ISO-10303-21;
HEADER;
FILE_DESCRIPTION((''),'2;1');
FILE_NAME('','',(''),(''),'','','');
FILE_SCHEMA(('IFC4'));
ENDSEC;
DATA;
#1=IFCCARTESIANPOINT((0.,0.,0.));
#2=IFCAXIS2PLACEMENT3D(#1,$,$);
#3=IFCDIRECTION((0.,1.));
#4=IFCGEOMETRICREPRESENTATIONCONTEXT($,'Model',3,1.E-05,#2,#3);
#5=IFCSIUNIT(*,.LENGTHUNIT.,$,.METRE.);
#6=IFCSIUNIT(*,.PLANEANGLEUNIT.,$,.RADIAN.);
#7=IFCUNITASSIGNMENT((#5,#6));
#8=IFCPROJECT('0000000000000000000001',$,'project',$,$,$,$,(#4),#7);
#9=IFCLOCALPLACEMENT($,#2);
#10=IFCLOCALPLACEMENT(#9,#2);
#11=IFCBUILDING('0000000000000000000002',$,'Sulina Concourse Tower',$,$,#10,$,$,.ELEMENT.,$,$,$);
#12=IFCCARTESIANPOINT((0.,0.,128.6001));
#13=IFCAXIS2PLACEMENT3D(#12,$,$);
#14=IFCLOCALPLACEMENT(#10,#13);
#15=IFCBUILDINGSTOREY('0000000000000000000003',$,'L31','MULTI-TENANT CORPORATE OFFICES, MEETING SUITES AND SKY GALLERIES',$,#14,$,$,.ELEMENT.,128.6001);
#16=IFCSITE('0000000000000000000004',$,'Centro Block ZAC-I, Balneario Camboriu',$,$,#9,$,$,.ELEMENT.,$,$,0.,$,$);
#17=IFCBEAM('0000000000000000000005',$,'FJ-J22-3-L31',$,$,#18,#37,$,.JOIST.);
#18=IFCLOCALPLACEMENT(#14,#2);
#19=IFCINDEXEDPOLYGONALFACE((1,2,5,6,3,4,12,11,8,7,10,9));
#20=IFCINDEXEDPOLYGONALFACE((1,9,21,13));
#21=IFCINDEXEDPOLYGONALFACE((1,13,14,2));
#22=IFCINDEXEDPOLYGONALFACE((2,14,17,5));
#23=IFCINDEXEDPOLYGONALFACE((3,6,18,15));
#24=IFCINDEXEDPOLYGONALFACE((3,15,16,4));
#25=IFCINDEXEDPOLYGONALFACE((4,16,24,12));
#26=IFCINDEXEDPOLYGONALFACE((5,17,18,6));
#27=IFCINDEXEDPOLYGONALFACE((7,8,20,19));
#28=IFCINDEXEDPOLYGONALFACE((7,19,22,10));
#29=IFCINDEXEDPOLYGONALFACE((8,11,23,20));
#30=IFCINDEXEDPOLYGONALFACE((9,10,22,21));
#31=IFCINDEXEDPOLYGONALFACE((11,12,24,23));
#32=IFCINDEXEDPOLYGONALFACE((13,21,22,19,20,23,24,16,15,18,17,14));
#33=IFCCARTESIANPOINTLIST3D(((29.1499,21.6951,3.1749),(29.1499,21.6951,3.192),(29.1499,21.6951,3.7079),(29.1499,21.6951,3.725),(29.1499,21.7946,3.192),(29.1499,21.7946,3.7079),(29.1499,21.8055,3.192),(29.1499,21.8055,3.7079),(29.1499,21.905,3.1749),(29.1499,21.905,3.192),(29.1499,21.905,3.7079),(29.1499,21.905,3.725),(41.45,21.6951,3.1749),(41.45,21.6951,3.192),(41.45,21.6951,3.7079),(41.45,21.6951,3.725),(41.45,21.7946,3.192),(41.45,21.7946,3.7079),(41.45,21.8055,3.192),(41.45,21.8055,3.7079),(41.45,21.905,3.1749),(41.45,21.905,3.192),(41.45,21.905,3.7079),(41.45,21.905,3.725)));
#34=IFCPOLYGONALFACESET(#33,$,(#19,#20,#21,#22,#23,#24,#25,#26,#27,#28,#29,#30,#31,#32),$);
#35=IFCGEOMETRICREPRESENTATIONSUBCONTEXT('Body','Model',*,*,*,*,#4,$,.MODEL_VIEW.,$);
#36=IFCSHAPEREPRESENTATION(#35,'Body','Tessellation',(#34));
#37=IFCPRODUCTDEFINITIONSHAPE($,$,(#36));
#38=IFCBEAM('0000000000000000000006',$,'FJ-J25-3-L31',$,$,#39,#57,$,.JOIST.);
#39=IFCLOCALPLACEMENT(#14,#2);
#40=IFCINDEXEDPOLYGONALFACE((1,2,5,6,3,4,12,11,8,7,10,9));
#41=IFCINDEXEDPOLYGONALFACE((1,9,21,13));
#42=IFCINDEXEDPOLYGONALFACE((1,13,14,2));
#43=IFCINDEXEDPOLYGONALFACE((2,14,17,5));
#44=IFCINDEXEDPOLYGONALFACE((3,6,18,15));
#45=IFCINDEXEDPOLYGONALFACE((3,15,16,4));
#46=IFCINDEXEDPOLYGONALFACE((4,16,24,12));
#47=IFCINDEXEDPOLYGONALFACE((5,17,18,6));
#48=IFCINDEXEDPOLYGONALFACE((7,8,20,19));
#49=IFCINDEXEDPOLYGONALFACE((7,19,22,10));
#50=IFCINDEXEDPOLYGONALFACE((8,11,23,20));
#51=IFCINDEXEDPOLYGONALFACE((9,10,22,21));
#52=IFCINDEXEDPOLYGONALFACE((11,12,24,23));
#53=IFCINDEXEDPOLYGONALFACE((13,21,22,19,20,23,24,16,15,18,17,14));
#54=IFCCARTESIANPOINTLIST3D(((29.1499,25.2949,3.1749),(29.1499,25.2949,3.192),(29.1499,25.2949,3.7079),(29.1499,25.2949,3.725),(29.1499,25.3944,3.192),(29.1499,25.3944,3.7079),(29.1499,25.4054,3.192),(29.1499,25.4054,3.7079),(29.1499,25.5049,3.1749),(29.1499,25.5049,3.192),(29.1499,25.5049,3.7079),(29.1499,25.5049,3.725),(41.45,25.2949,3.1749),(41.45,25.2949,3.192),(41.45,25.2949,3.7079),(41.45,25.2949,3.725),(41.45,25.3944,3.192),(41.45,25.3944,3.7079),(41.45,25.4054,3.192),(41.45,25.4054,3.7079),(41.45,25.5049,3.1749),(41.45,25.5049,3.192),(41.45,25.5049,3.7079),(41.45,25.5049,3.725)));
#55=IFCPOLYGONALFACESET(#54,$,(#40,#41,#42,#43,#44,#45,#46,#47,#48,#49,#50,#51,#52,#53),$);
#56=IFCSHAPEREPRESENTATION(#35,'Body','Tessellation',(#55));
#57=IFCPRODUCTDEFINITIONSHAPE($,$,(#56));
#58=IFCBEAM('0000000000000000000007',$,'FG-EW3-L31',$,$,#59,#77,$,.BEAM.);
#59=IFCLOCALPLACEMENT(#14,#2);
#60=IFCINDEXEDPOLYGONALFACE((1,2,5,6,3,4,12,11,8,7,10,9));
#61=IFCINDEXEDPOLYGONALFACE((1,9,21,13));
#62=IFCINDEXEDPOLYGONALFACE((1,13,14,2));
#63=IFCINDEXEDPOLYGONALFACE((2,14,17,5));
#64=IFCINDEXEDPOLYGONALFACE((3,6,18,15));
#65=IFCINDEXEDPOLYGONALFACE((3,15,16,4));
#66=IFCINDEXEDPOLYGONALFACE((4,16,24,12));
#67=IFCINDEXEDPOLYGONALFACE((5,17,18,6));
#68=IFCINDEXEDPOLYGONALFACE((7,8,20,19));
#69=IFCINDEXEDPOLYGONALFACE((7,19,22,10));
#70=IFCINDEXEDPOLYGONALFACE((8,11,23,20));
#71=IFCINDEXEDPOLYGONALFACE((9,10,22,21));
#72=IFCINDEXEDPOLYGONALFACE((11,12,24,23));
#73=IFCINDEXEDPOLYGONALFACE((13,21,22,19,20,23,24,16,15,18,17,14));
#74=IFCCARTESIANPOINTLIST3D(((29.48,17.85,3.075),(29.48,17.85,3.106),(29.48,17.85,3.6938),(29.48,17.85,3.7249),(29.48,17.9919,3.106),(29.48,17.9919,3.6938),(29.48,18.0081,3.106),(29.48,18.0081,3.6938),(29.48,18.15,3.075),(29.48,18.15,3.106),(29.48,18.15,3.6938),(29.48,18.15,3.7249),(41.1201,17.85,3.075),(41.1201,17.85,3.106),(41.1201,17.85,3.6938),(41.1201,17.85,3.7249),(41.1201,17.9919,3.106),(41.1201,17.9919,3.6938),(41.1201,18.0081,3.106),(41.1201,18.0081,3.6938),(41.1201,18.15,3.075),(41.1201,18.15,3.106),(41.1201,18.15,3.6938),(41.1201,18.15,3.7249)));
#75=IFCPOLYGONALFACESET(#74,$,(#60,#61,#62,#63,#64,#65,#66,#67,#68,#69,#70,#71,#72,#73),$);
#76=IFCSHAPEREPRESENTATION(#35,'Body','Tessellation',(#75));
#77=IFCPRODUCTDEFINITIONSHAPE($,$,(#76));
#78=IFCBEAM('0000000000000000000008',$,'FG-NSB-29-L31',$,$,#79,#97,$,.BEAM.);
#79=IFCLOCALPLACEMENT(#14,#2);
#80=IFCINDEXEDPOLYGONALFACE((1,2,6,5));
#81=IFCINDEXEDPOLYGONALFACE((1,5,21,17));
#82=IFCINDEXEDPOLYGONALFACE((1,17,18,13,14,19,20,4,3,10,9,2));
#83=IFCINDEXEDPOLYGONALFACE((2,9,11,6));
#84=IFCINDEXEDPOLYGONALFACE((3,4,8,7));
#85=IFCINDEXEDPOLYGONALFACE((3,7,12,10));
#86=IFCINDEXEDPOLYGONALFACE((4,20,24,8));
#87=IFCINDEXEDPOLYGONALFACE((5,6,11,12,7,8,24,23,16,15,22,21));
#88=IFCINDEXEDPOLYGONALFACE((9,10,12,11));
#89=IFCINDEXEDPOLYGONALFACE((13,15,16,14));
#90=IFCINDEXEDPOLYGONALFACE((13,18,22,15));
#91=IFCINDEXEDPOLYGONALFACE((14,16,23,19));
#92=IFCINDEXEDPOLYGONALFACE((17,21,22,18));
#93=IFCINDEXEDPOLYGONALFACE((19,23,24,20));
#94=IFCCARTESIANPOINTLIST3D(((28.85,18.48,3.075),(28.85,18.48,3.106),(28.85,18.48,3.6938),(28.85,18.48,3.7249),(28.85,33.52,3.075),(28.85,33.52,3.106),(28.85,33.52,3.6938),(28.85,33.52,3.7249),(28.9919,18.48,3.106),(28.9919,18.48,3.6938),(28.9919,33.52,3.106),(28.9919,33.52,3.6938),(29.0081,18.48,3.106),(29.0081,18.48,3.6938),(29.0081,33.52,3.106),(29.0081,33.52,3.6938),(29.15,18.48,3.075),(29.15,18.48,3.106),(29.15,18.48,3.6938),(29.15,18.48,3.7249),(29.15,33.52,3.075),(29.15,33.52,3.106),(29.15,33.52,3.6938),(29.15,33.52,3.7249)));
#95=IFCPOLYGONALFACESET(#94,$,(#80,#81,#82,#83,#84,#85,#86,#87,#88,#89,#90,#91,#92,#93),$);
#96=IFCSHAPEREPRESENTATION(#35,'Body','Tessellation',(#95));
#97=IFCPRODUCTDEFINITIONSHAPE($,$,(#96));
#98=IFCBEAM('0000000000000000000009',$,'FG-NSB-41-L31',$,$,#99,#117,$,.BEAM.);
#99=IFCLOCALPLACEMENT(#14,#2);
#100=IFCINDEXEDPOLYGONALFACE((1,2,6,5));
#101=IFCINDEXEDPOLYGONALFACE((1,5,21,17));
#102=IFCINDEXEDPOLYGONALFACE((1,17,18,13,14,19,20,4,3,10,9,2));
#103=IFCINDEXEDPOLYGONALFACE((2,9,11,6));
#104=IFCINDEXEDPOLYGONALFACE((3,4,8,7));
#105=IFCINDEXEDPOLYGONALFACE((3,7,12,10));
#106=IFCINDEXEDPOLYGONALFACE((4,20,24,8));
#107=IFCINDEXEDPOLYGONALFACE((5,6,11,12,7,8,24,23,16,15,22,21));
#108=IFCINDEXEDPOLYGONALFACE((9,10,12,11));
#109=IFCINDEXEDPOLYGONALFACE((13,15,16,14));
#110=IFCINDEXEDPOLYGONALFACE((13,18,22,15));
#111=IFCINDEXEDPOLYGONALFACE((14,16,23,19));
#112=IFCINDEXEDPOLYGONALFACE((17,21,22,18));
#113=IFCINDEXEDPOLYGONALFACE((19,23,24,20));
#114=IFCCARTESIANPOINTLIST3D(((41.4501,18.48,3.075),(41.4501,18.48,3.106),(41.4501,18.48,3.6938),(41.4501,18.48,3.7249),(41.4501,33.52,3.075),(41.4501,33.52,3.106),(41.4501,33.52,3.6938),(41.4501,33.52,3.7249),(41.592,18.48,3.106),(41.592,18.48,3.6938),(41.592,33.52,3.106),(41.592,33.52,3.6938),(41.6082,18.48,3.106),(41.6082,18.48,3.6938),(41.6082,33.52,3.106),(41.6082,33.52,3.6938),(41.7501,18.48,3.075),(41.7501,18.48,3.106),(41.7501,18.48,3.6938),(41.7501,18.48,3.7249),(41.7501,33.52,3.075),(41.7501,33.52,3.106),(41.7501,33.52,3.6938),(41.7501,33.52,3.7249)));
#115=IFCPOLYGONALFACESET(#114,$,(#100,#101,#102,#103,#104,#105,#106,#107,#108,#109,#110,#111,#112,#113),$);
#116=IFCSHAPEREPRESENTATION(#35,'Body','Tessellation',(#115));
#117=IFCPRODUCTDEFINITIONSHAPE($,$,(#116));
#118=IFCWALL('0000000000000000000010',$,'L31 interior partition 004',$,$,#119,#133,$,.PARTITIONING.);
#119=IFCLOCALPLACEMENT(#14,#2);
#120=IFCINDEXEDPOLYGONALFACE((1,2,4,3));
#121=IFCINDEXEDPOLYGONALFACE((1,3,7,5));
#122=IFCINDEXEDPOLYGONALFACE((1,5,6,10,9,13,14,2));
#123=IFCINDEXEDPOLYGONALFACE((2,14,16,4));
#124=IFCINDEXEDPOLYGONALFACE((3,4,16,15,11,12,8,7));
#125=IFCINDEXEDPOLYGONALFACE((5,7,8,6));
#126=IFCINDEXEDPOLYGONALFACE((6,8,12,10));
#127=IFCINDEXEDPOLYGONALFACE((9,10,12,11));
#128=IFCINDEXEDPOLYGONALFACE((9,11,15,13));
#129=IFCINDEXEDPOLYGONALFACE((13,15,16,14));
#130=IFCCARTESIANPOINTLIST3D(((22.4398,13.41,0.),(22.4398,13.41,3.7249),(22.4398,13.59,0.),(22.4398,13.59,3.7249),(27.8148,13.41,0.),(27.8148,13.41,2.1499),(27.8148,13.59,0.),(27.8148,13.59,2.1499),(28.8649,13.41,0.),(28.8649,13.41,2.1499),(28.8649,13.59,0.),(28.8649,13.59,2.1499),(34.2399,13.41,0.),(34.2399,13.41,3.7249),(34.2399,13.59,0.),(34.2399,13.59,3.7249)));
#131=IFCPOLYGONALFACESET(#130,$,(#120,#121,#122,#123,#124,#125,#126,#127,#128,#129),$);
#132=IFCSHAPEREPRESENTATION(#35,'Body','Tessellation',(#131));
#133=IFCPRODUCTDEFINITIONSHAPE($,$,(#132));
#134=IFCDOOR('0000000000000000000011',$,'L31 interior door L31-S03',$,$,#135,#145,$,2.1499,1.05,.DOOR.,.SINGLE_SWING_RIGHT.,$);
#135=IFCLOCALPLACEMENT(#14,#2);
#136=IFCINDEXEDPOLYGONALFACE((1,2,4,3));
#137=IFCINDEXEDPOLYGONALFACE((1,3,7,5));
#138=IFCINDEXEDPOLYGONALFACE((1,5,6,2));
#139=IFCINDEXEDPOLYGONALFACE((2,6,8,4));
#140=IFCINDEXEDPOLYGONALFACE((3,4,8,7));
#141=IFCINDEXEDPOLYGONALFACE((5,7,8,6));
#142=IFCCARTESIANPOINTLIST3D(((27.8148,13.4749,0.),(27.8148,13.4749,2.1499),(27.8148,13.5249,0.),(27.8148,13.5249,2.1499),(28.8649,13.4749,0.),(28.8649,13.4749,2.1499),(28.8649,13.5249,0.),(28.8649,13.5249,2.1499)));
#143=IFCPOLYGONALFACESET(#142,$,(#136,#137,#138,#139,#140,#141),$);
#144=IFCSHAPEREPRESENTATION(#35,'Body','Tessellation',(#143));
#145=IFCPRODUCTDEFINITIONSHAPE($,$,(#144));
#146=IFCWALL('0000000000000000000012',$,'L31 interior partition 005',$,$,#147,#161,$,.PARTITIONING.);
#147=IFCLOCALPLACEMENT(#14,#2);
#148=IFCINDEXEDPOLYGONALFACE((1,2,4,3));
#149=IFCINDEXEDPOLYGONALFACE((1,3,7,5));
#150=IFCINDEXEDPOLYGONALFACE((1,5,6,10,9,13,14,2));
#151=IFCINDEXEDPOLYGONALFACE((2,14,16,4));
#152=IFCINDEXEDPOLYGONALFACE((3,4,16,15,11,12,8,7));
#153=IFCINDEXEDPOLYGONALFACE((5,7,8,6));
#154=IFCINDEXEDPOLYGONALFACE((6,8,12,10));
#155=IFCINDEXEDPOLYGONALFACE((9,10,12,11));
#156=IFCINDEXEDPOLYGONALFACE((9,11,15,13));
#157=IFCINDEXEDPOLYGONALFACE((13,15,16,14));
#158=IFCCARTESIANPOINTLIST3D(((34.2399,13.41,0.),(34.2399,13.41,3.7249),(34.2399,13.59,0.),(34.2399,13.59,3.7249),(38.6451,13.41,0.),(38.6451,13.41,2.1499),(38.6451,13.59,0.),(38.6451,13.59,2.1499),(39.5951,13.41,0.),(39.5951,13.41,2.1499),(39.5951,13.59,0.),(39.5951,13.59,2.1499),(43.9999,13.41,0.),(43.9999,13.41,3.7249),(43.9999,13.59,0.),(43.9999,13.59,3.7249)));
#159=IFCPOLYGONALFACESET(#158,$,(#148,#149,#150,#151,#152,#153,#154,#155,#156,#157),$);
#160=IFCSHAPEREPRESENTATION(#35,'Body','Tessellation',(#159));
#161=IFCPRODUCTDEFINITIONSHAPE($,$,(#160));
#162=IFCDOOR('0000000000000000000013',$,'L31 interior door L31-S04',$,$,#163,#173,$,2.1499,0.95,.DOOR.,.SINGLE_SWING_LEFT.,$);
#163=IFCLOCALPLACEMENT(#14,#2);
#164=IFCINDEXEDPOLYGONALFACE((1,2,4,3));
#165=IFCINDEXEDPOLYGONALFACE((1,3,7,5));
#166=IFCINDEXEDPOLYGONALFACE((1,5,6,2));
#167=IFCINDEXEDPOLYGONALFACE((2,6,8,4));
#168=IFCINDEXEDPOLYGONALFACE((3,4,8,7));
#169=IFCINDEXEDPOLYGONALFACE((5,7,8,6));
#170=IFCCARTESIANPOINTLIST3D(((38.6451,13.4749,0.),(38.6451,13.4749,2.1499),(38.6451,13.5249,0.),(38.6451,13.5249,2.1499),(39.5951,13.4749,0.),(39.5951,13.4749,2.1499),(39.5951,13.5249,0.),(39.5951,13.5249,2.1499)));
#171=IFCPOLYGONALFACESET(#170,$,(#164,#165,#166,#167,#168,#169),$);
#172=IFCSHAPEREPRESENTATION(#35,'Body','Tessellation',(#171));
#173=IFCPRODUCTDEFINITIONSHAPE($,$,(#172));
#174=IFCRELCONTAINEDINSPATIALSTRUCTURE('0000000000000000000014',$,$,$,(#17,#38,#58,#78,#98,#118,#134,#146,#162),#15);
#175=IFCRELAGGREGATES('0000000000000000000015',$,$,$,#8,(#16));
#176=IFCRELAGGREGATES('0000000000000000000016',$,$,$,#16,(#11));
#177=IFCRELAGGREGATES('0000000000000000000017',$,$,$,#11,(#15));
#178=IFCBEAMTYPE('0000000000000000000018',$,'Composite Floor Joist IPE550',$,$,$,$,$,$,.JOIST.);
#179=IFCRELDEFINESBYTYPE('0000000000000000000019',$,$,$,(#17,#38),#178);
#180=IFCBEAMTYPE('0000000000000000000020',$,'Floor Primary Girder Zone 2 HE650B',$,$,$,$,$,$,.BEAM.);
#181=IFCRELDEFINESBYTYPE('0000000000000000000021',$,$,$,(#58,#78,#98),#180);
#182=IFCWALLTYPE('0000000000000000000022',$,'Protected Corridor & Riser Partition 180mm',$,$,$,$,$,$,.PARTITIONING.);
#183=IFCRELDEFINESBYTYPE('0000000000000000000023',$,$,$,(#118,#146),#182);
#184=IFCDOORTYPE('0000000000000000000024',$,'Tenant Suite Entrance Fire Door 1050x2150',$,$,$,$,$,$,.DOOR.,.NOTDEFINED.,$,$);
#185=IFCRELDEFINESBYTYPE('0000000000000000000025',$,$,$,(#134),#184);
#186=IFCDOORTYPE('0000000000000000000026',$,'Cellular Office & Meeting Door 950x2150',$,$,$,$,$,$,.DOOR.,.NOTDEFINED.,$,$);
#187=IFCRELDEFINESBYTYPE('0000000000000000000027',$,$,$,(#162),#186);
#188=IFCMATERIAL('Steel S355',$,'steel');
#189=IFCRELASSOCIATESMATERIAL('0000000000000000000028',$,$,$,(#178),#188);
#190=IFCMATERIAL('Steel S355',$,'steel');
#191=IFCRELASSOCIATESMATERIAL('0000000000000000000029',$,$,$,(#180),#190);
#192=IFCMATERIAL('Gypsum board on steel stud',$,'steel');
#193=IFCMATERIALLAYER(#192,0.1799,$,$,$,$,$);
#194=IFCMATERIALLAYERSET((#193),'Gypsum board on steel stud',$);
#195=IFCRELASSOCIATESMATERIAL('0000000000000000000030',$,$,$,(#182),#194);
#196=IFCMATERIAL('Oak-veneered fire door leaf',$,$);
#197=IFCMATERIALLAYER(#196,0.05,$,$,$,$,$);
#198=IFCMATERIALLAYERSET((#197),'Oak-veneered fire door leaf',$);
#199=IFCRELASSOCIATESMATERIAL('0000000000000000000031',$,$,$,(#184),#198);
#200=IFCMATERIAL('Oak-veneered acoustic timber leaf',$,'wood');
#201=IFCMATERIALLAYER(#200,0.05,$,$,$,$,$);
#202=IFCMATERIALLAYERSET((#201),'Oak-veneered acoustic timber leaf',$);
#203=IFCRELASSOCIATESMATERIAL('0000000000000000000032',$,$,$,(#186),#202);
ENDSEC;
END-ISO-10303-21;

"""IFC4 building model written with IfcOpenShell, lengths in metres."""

from ifc_helpers import new_model, si_unit, direction, frame, frame_2d, origin, origin_2d, place, context, subcontext, project, spatial, rectangle, i_section, extrude, material, layer, layer_set, material_profile, profile_set, type_object, element, fill, save


model = new_model("IFC4")

# Units and contexts
model_context = context("Model", 3, precision=1e-05, world=origin(), true_north=direction((0.0, 1.0)))
body_context = subcontext(model_context, "Body", "Model", "MODEL_VIEW")
ifc_project = project(units=[si_unit("LENGTHUNIT", "METRE"), si_unit("PLANEANGLEUNIT", "RADIAN")], contexts=[model_context])

# Site, building, storey
site_placement = place(None, origin())
site = spatial("IfcSite", under=ifc_project, at=site_placement, Name="Centro Block ZAC-I, Balneario Camboriu", CompositionType="ELEMENT", RefElevation=0.0)
building_placement = place(site_placement, origin())
building = spatial("IfcBuilding", under=site, at=building_placement, Name="Sulina Concourse Tower", CompositionType="ELEMENT")
storey_placement = place(building_placement, frame((0.0, 0.0, 128.6001)))
storey = spatial("IfcBuildingStorey", under=building, at=storey_placement, Name="L31", Description="MULTI-TENANT CORPORATE OFFICES, MEETING SUITES AND SKY GALLERIES", CompositionType="ELEMENT", Elevation=128.6001)

# Beams
ifc_material_1 = material(Name="Steel S355", Category="steel")
ifc_material_profile_1 = material_profile(ifc_material_1, i_section(OverallWidth=0.21, OverallDepth=0.55, WebThickness=0.011, FlangeThickness=0.0171, at=origin_2d()), Name="IPE 550")
ifc_profile_set_1 = profile_set([ifc_material_profile_1], Name="Steel S355")
beam_type_1 = type_object("IfcBeamType", Name="Composite Floor Joist IPE550", PredefinedType="JOIST", material=ifc_profile_set_1)
for number, where, z_axis, x_axis, name in (
    (1, (29.1499, 21.8, 3.45), (1.0, 0.0, 0.0), (0.0, 1.0, 0.0), "FJ-J22-3-L31"),
    (2, (29.1499, 25.3999, 3.45), (1.0, 0.0, 0.0), (0.0, 1.0, 0.0), "FJ-J25-3-L31"),
):
    element("IfcBeam", number, at=place(storey_placement, frame(where, z_axis=z_axis, x_axis=x_axis)), inside=storey, type_object=beam_type_1, Name=name, PredefinedType="JOIST", context=body_context, shape_type="SweptSolid", body=[
        extrude(i_section(OverallWidth=0.21, OverallDepth=0.55, WebThickness=0.011, FlangeThickness=0.0171, at=origin_2d()), origin(), (0.0, 0.0, 1.0), 12.3),
    ])
ifc_material_2 = material(Name="Steel S355", Category="steel")
ifc_material_profile_2 = material_profile(ifc_material_2, i_section(OverallWidth=0.3, OverallDepth=0.6499, WebThickness=0.0161, FlangeThickness=0.031, at=origin_2d()), Name="HE 650 B")
ifc_profile_set_2 = profile_set([ifc_material_profile_2], Name="Steel S355")
beam_type_2 = type_object("IfcBeamType", Name="Floor Primary Girder Zone 2 HE650B", PredefinedType="BEAM", material=ifc_profile_set_2)
beam_1_placement = place(storey_placement, frame((29.48, 18.0, 3.3999), z_axis=(1.0, 0.0, 0.0), x_axis=(0.0, 1.0, 0.0)))
element("IfcBeam", 3, at=beam_1_placement, inside=storey, type_object=beam_type_2, Name="FG-EW3-L31", PredefinedType="BEAM", context=body_context, shape_type="SweptSolid", body=[
    extrude(i_section(OverallWidth=0.3, OverallDepth=0.6499, WebThickness=0.0161, FlangeThickness=0.031, at=origin_2d()), origin(), (0.0, 0.0, 1.0), 11.6401),
])
for number, where, z_axis, x_axis, name in (
    (4, (29.0, 18.48, 3.3999), (0.0, 1.0, 0.0), (-1.0, 0.0, 0.0), "FG-NSB-29-L31"),
    (5, (41.6001, 18.48, 3.3999), (0.0, 1.0, 0.0), (-1.0, 0.0, 0.0), "FG-NSB-41-L31"),
):
    element("IfcBeam", number, at=place(storey_placement, frame(where, z_axis=z_axis, x_axis=x_axis)), inside=storey, type_object=beam_type_2, Name=name, PredefinedType="BEAM", context=body_context, shape_type="SweptSolid", body=[
        extrude(i_section(OverallWidth=0.3, OverallDepth=0.6499, WebThickness=0.0161, FlangeThickness=0.031, at=origin_2d()), origin(), (0.0, 0.0, 1.0), 15.04),
    ])

# Walls, openings, doors
ifc_material_3 = material(Name="Gypsum board on steel stud", Category="steel")
ifc_layer_1 = layer(ifc_material_3, 0.1799)
ifc_layer_set_1 = layer_set([ifc_layer_1], Name="Gypsum board on steel stud")
wall_type = type_object("IfcWallType", Name="Protected Corridor & Riser Partition 180mm", PredefinedType="PARTITIONING", material=ifc_layer_set_1)
wall_1_placement = place(storey_placement, frame((22.4399, 13.5, 0.0), z_axis=(0.0, 0.0, 1.0), x_axis=(1.0, 0.0, 0.0)))
wall_1 = element("IfcWall", 6, at=wall_1_placement, inside=storey, type_object=wall_type, Name="L31 interior partition 004", PredefinedType="PARTITIONING", context=body_context, shape_type="SweptSolid", body=[
    extrude(rectangle(XDim=11.8, YDim=0.1799, at=frame_2d((5.8999, 0.0))), origin(), (0.0, 0.0, 1.0), 3.7249),
])
opening_1_placement = place(wall_1_placement, frame((5.375, 0.0, 0.0)))
opening_1 = element("IfcOpeningElement", 7, at=opening_1_placement, cuts=wall_1, PredefinedType="OPENING", context=body_context, shape_type="SweptSolid", body=[
    extrude(rectangle(XDim=1.05, YDim=2.1499, at=frame_2d((0.5249, 1.075))), frame((0.0, 0.0999, 0.0), z_axis=(0.0, -1.0, 0.0), x_axis=(1.0, 0.0, 0.0)), (0.0, 0.0, 1.0), 0.2),
])
ifc_material_4 = material(Name="Oak-veneered fire door leaf")
ifc_layer_2 = layer(ifc_material_4, 0.05)
ifc_layer_set_2 = layer_set([ifc_layer_2], Name="Oak-veneered fire door leaf")
door_type_1 = type_object("IfcDoorType", Name="Tenant Suite Entrance Fire Door 1050x2150", OperationType="NOTDEFINED", PredefinedType="DOOR", material=ifc_layer_set_2)
door_1_placement = place(opening_1_placement, origin())
door_1 = element("IfcDoor", 8, at=door_1_placement, inside=storey, type_object=door_type_1, Name="L31 interior door L31-S03", OperationType="SINGLE_SWING_RIGHT", OverallHeight=2.1499, OverallWidth=1.05, PredefinedType="DOOR", context=body_context, shape_type="SweptSolid", body=[
    extrude(rectangle(XDim=1.05, YDim=2.1499, at=frame_2d((0.5249, 1.075))), frame((0.0, 0.0249, 0.0), z_axis=(0.0, -1.0, 0.0), x_axis=(1.0, 0.0, 0.0)), (0.0, 0.0, 1.0), 0.05),
])
fill(opening_1, door_1)
wall_2_placement = place(storey_placement, frame((34.24, 13.5, 0.0), z_axis=(0.0, 0.0, 1.0), x_axis=(1.0, 0.0, 0.0)))
wall_2 = element("IfcWall", 9, at=wall_2_placement, inside=storey, type_object=wall_type, Name="L31 interior partition 005", PredefinedType="PARTITIONING", context=body_context, shape_type="SweptSolid", body=[
    extrude(rectangle(XDim=9.76, YDim=0.1799, at=frame_2d((4.8799, 0.0))), origin(), (0.0, 0.0, 1.0), 3.7249),
])
opening_2_placement = place(wall_2_placement, frame((4.405, 0.0, 0.0)))
opening_2 = element("IfcOpeningElement", 10, at=opening_2_placement, cuts=wall_2, PredefinedType="OPENING", context=body_context, shape_type="SweptSolid", body=[
    extrude(rectangle(XDim=0.95, YDim=2.1499, at=frame_2d((0.4751, 1.075))), frame((0.0, 0.0999, 0.0), z_axis=(0.0, -1.0, 0.0), x_axis=(1.0, 0.0, 0.0)), (0.0, 0.0, 1.0), 0.2),
])
ifc_material_5 = material(Name="Oak-veneered acoustic timber leaf", Category="wood")
ifc_layer_3 = layer(ifc_material_5, 0.05)
ifc_layer_set_3 = layer_set([ifc_layer_3], Name="Oak-veneered acoustic timber leaf")
door_type_2 = type_object("IfcDoorType", Name="Cellular Office & Meeting Door 950x2150", OperationType="NOTDEFINED", PredefinedType="DOOR", material=ifc_layer_set_3)
door_2_placement = place(opening_2_placement, origin())
door_2 = element("IfcDoor", 11, at=door_2_placement, inside=storey, type_object=door_type_2, Name="L31 interior door L31-S04", OperationType="SINGLE_SWING_LEFT", OverallHeight=2.1499, OverallWidth=0.95, PredefinedType="DOOR", context=body_context, shape_type="SweptSolid", body=[
    extrude(rectangle(XDim=0.95, YDim=2.1499, at=frame_2d((0.4751, 1.075))), frame((0.0, 0.0249, 0.0), z_axis=(0.0, -1.0, 0.0), x_axis=(1.0, 0.0, 0.0)), (0.0, 0.0, 1.0), 0.05),
])
fill(opening_2, door_2)

save(model, "model.ifc")
